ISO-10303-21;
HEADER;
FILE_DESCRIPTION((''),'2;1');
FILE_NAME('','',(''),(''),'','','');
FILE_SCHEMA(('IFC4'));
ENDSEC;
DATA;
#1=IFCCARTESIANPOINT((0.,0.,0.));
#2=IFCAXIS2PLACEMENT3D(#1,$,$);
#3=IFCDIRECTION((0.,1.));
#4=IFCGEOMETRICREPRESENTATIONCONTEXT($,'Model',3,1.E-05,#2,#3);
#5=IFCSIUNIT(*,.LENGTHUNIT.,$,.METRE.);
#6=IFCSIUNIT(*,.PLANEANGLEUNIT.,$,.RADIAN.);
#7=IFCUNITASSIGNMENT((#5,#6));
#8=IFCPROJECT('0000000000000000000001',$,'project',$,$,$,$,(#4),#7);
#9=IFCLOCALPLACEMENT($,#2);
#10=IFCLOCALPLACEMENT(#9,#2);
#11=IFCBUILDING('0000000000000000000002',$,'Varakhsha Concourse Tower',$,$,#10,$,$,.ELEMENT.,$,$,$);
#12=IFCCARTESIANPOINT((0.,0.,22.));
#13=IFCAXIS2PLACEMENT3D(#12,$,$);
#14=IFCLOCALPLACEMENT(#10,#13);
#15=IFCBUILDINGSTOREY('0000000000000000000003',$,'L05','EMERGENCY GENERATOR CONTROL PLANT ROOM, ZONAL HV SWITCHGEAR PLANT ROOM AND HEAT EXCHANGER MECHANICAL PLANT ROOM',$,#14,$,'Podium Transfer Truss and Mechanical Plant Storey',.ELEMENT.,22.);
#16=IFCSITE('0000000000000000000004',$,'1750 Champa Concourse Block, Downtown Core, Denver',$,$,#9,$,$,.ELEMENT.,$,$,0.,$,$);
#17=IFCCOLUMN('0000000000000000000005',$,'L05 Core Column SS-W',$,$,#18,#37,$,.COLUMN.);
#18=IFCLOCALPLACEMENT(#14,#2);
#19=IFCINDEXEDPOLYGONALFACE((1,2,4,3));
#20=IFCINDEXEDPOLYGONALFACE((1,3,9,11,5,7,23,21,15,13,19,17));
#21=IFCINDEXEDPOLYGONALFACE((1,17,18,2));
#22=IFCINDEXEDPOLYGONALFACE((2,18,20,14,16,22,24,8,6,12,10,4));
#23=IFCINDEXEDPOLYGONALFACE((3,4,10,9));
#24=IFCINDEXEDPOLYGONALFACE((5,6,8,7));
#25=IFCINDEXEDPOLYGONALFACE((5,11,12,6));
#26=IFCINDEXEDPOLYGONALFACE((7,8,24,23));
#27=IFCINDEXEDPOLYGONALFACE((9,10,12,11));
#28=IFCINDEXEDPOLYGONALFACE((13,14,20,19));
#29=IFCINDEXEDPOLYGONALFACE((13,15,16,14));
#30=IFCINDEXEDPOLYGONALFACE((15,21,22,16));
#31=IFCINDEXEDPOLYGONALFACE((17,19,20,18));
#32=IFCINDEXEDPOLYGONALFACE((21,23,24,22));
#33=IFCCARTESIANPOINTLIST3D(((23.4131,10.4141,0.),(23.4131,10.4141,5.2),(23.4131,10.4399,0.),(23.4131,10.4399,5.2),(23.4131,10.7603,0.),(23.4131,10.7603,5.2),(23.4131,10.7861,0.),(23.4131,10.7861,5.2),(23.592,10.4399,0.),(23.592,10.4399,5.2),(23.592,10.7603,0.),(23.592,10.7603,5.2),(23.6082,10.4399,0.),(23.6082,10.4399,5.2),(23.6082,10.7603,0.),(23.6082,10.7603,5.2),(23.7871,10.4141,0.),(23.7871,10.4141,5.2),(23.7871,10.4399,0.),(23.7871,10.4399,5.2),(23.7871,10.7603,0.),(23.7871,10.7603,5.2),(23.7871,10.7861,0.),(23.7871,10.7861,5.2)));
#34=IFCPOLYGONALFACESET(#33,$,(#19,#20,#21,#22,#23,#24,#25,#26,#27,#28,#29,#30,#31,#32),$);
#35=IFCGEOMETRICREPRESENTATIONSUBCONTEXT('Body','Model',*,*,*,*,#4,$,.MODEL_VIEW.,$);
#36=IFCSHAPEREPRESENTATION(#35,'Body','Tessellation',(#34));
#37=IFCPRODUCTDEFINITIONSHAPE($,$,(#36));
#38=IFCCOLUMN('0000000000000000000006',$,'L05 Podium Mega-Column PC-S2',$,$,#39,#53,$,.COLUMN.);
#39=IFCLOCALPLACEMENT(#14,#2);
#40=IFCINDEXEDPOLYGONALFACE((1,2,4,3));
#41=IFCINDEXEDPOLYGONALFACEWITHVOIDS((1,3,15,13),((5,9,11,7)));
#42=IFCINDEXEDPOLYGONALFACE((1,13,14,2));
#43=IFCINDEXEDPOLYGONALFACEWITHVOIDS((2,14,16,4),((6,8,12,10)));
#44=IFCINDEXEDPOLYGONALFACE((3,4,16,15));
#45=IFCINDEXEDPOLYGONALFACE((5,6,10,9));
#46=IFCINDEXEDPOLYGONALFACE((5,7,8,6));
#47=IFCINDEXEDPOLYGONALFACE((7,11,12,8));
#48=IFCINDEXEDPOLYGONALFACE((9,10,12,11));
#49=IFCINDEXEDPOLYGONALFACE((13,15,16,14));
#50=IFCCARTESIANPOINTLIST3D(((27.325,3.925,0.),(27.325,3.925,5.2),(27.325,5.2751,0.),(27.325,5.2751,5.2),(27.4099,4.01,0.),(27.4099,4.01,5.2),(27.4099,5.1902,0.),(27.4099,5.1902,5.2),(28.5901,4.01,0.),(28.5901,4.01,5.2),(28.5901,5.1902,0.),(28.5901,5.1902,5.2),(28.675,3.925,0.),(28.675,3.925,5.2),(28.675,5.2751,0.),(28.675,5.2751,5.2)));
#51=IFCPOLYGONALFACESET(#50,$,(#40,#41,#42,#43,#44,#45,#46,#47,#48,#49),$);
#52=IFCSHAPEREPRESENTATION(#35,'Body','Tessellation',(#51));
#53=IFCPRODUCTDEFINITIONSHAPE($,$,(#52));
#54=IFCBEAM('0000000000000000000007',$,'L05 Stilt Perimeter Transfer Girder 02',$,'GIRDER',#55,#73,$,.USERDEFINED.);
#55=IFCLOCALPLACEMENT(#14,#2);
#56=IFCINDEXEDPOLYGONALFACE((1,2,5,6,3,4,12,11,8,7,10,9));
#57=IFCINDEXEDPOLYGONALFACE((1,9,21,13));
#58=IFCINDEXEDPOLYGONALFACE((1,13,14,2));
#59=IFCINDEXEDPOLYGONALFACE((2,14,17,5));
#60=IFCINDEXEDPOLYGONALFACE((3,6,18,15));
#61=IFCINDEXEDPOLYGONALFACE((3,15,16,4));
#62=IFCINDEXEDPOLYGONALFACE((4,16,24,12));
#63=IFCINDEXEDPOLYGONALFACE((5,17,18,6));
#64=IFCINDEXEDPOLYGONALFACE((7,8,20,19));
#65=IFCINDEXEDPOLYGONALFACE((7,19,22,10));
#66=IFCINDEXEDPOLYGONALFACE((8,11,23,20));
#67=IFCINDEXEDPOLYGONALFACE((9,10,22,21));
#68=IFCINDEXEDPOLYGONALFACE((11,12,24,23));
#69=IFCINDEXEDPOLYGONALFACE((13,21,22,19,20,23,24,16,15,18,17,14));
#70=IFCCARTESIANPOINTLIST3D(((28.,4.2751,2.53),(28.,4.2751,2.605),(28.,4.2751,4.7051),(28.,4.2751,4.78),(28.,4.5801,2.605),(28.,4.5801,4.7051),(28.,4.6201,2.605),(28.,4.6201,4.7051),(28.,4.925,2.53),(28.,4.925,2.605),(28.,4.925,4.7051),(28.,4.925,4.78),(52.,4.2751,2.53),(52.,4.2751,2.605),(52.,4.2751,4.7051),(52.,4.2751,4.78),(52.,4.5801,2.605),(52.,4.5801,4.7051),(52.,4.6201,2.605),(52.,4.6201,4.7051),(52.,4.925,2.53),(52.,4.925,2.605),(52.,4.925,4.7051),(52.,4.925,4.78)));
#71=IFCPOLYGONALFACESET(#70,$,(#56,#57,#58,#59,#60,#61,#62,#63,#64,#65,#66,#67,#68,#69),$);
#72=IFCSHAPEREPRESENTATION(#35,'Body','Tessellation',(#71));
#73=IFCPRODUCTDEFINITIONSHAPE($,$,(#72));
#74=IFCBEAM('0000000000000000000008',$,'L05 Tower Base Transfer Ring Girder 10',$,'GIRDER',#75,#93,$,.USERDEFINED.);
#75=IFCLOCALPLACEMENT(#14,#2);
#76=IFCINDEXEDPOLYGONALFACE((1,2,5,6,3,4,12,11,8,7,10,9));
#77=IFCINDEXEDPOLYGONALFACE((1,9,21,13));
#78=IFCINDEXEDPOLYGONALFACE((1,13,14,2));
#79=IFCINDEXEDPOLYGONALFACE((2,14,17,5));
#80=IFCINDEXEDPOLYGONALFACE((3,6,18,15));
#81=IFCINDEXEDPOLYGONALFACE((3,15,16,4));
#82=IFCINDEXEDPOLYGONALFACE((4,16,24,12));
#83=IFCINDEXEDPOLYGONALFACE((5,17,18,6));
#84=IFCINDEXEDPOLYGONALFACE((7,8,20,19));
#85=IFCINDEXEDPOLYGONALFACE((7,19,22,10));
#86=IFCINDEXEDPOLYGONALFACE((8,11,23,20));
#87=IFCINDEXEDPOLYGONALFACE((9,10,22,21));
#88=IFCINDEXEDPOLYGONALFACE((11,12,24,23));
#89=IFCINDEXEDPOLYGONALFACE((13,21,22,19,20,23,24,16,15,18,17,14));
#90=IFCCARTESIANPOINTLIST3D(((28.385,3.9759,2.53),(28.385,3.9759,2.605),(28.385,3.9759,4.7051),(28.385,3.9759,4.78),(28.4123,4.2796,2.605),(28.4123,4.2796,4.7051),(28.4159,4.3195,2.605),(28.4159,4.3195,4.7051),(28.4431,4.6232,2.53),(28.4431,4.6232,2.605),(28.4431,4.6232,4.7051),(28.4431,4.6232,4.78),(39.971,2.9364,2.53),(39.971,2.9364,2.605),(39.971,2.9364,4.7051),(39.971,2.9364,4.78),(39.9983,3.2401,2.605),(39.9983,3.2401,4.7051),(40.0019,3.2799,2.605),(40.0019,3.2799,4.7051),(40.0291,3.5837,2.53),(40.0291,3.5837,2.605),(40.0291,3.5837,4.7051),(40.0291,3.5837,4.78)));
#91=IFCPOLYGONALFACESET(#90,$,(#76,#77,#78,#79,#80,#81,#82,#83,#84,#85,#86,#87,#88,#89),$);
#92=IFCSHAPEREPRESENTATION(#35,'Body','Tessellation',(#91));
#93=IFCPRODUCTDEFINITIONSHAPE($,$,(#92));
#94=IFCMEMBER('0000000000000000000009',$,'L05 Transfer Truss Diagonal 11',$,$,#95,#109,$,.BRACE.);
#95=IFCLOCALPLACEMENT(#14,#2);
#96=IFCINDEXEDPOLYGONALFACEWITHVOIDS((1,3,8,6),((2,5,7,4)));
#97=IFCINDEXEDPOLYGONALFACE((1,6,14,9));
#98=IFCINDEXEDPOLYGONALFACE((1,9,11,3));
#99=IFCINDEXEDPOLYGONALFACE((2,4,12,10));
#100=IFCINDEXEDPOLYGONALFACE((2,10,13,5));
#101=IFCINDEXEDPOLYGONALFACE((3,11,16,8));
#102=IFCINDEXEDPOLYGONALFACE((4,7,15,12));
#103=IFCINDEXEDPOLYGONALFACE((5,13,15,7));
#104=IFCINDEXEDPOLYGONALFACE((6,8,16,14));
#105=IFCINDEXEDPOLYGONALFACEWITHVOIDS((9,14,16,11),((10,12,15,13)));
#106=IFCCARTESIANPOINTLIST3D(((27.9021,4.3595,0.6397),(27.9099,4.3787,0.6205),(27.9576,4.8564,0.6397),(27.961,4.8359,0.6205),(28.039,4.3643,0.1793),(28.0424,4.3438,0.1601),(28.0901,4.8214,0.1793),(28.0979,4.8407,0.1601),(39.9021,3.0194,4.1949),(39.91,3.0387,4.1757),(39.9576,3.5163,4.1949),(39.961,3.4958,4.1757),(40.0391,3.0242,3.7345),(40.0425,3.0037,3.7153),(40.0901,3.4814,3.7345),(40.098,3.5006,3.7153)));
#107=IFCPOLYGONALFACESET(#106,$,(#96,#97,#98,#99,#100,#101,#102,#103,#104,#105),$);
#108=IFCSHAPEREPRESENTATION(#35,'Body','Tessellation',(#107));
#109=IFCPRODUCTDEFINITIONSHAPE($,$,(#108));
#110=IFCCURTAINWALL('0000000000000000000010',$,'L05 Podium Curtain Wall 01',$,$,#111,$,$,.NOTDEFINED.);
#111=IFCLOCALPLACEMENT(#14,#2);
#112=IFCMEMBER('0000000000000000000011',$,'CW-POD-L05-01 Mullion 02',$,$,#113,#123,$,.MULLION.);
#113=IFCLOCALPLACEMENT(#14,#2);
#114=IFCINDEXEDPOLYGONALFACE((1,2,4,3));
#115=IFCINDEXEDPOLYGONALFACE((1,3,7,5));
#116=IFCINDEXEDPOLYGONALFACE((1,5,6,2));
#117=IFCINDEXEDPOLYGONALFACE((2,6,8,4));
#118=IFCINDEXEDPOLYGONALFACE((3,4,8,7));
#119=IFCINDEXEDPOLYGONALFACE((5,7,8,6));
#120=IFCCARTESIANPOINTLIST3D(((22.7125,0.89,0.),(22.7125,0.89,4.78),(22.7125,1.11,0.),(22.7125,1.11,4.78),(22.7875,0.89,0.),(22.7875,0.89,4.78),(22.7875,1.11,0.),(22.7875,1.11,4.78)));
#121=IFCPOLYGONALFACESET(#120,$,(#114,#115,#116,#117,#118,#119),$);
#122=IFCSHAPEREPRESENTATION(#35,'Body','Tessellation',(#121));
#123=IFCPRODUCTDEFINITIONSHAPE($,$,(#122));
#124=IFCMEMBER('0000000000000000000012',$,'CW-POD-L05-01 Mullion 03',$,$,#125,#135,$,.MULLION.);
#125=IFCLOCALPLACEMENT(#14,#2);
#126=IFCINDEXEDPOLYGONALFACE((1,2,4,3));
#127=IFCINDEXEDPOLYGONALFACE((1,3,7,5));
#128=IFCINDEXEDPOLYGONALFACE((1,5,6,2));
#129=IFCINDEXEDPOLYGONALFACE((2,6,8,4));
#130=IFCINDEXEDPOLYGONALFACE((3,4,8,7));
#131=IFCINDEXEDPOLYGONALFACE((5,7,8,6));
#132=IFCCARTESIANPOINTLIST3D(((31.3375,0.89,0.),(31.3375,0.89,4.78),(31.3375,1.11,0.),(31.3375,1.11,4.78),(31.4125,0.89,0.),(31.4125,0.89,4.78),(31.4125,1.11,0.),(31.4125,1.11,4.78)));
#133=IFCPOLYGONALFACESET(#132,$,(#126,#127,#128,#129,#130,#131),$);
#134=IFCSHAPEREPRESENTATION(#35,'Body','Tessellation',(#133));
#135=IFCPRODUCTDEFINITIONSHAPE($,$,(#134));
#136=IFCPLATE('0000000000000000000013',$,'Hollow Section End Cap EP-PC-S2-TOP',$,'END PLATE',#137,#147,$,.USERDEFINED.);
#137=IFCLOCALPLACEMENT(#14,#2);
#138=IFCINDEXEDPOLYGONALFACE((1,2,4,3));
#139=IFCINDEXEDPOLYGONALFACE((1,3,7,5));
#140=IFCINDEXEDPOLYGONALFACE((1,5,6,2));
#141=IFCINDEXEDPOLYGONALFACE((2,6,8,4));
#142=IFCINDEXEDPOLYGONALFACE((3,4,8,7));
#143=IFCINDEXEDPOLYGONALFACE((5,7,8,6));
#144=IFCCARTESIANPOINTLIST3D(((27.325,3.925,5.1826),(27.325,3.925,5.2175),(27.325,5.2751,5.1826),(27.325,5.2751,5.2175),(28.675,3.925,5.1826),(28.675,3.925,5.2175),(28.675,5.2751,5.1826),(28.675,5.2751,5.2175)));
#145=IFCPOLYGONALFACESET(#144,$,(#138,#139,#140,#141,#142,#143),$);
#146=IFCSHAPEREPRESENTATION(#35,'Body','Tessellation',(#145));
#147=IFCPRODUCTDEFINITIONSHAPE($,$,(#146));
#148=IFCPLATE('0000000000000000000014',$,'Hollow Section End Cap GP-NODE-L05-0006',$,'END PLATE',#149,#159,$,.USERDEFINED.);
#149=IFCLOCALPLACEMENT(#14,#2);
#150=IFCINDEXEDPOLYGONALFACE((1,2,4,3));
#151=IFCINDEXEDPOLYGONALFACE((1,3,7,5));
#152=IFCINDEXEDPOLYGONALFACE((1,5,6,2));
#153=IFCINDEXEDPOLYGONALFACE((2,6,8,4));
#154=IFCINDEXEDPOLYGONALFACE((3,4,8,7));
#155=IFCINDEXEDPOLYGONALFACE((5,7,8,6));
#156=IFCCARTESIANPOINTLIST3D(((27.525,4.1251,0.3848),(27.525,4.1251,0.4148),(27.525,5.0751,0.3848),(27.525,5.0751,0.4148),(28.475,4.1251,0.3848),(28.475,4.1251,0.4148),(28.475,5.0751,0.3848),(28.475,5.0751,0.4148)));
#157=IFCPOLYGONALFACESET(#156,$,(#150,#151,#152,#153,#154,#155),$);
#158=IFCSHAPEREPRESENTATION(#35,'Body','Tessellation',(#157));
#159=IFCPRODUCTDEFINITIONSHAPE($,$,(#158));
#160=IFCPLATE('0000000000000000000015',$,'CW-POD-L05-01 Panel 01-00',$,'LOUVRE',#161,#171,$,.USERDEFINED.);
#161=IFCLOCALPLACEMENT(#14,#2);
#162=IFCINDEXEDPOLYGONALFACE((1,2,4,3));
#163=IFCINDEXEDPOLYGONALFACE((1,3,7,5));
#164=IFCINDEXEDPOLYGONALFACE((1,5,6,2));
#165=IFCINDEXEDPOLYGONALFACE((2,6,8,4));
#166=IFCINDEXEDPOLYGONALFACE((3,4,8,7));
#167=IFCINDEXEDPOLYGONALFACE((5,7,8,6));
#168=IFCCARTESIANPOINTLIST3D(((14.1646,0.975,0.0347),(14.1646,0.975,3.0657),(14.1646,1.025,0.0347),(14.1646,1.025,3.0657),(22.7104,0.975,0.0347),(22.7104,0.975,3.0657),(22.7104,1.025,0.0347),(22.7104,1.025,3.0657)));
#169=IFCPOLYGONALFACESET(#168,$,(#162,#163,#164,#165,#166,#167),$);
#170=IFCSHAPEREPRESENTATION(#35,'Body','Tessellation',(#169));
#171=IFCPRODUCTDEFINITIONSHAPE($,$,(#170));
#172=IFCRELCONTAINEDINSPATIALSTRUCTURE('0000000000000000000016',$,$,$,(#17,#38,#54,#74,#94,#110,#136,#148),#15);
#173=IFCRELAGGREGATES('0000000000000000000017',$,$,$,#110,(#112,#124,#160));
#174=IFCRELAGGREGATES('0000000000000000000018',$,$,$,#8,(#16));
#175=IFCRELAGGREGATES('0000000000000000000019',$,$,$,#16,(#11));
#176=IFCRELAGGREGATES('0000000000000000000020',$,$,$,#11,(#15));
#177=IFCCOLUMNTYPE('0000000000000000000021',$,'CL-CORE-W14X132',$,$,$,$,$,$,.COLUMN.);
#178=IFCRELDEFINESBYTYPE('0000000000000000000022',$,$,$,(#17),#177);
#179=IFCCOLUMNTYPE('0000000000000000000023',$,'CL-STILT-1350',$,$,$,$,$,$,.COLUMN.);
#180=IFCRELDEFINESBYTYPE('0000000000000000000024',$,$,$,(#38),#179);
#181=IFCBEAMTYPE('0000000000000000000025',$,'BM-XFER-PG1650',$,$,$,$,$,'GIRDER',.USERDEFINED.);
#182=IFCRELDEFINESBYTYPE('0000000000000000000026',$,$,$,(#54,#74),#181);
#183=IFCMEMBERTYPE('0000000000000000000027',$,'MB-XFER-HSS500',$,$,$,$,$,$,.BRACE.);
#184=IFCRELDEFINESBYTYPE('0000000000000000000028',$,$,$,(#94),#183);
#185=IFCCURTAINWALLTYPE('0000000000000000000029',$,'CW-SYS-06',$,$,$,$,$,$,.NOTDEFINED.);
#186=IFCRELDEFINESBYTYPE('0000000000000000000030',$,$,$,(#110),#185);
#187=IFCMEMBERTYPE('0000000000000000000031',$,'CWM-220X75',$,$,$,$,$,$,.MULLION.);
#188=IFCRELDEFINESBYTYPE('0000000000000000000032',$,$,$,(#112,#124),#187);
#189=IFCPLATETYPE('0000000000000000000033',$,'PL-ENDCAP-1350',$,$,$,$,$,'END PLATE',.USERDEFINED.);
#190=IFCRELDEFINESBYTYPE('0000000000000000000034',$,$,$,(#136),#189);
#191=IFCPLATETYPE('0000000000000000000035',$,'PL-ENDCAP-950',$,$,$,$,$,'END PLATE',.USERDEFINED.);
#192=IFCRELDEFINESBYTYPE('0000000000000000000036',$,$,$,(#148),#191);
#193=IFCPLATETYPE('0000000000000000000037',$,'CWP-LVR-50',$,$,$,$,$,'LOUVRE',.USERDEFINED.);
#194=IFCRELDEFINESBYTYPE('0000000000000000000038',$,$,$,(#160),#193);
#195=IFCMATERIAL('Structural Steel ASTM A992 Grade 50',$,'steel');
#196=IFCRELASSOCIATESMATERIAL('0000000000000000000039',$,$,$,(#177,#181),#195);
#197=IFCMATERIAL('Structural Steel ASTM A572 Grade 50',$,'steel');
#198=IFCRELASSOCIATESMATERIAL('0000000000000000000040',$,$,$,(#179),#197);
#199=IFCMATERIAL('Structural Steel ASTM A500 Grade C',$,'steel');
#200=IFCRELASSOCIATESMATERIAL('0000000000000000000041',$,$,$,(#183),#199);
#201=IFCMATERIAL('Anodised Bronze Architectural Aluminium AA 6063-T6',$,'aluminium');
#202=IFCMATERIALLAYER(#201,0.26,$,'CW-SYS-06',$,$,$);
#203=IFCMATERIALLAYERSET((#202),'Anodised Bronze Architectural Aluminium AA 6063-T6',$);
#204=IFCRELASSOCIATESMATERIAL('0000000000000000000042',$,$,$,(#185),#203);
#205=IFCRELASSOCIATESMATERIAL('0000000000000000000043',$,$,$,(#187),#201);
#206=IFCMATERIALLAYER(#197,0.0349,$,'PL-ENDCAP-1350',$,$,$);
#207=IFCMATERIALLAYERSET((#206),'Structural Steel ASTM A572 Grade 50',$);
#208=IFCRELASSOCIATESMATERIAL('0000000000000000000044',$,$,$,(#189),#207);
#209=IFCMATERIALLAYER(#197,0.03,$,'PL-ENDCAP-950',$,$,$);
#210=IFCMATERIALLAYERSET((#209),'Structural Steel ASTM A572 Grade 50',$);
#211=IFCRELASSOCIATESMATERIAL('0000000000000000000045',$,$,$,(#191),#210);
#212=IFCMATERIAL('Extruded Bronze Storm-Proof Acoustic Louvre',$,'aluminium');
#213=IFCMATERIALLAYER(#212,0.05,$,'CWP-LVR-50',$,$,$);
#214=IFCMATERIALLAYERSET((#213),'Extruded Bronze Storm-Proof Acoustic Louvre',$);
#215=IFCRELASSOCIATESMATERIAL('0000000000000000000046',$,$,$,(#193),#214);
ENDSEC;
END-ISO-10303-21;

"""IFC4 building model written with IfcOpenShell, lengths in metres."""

from ifc_helpers import new_model, si_unit, direction, frame, origin, origin_2d, place, context, subcontext, project, spatial, rectangle, hollow_rectangle, i_section, extrude, source, transform, mapped, material, layer, layer_set, material_profile, profile_set, type_object, type_shapes, element, aggregate, save


model = new_model("IFC4")

# Units and contexts
model_context = context("Model", 3, precision=1e-05, world=origin(), true_north=direction((0.0, 1.0)))
body_context = subcontext(model_context, "Body", "Model", "MODEL_VIEW")
ifc_project = project(units=[si_unit("LENGTHUNIT", "METRE"), si_unit("PLANEANGLEUNIT", "RADIAN")], contexts=[model_context])

# Site, building, storey
site_placement = place(None, origin())
site = spatial("IfcSite", under=ifc_project, at=site_placement, Name="1750 Champa Concourse Block, Downtown Core, Denver", CompositionType="ELEMENT", RefElevation=0.0)
building_placement = place(site_placement, origin())
building = spatial("IfcBuilding", under=site, at=building_placement, Name="Varakhsha Concourse Tower", CompositionType="ELEMENT")
storey_placement = place(building_placement, frame((0.0, 0.0, 22.0)))
storey = spatial("IfcBuildingStorey", under=building, at=storey_placement, Name="L05", Description="EMERGENCY GENERATOR CONTROL PLANT ROOM, ZONAL HV SWITCHGEAR PLANT ROOM AND HEAT EXCHANGER MECHANICAL PLANT ROOM", LongName="Podium Transfer Truss and Mechanical Plant Storey", CompositionType="ELEMENT", Elevation=22.0)

# Columns
ifc_material_1 = material(Name="Structural Steel ASTM A992 Grade 50", Category="steel")
ifc_material_profile_1 = material_profile(ifc_material_1, i_section(OverallWidth=0.374, OverallDepth=0.3721, WebThickness=0.0161, FlangeThickness=0.0259, at=origin_2d()), Name="W14X132")
ifc_profile_set_1 = profile_set([ifc_material_profile_1], Name="Structural Steel ASTM A992 Grade 50")
column_type_1 = type_object("IfcColumnType", Name="CL-CORE-W14X132", PredefinedType="COLUMN", material=ifc_profile_set_1)
column_1_placement = place(storey_placement, frame((23.6001, 10.6001, 0.0), z_axis=(0.0, 0.0, 1.0), x_axis=(1.0, 0.0, 0.0)))
element("IfcColumn", 1, at=column_1_placement, inside=storey, type_object=column_type_1, Name="L05 Core Column SS-W", PredefinedType="COLUMN", context=body_context, shape_type="SweptSolid", body=[
    extrude(i_section(OverallWidth=0.374, OverallDepth=0.3721, WebThickness=0.0161, FlangeThickness=0.0259, at=origin_2d()), origin(), (0.0, 0.0, 1.0), 5.2),
])
ifc_material_2 = material(Name="Structural Steel ASTM A572 Grade 50", Category="steel")
ifc_material_profile_2 = material_profile(ifc_material_2, hollow_rectangle(XDim=1.3501, YDim=1.3501, WallThickness=0.085, at=origin_2d()), Name="BOX 1350x1350x85")
ifc_profile_set_2 = profile_set([ifc_material_profile_2], Name="Structural Steel ASTM A572 Grade 50")
column_type_2 = type_object("IfcColumnType", Name="CL-STILT-1350", PredefinedType="COLUMN", material=ifc_profile_set_2)
column_2_placement = place(storey_placement, frame((28.0, 4.6001, 0.0), z_axis=(0.0, 0.0, 1.0), x_axis=(1.0, 0.0, 0.0)))
element("IfcColumn", 2, at=column_2_placement, inside=storey, type_object=column_type_2, Name="L05 Podium Mega-Column PC-S2", PredefinedType="COLUMN", context=body_context, shape_type="SweptSolid", body=[
    extrude(hollow_rectangle(XDim=1.3501, YDim=1.3501, WallThickness=0.085, at=origin_2d()), origin(), (0.0, 0.0, 1.0), 5.2),
])

# Beams
ifc_material_profile_3 = material_profile(ifc_material_1, i_section(OverallWidth=0.6499, OverallDepth=2.25, WebThickness=0.04, FlangeThickness=0.075, at=origin_2d()), Name="PG 2250x650x75x40")
ifc_profile_set_3 = profile_set([ifc_material_profile_3], Name="Structural Steel ASTM A992 Grade 50")
beam_type = type_object("IfcBeamType", Name="BM-XFER-PG1650", ElementType="GIRDER", PredefinedType="USERDEFINED", material=ifc_profile_set_3)
beam_1_placement = place(storey_placement, frame((28.0, 4.6001, 3.655), z_axis=(1.0, 0.0, 0.0), x_axis=(0.0, 1.0, 0.0)))
element("IfcBeam", 3, at=beam_1_placement, inside=storey, type_object=beam_type, Name="L05 Stilt Perimeter Transfer Girder 02", ObjectType="GIRDER", PredefinedType="USERDEFINED", context=body_context, shape_type="SweptSolid", body=[
    extrude(i_section(OverallWidth=0.6499, OverallDepth=2.25, WebThickness=0.04, FlangeThickness=0.075, at=origin_2d()), origin(), (0.0, 0.0, 1.0), 24.0),
])
beam_2_placement = place(storey_placement, frame((28.4141, 4.2996, 3.655), z_axis=(0.995999, -0.089366, 0.0), x_axis=(0.089366, 0.995999, 0.0)))
element("IfcBeam", 4, at=beam_2_placement, inside=storey, type_object=beam_type, Name="L05 Tower Base Transfer Ring Girder 10", ObjectType="GIRDER", PredefinedType="USERDEFINED", context=body_context, shape_type="SweptSolid", body=[
    extrude(i_section(OverallWidth=0.6499, OverallDepth=2.25, WebThickness=0.04, FlangeThickness=0.075, at=origin_2d()), origin(), (0.0, 0.0, 1.0), 11.6326),
])

# Member
ifc_material_3 = material(Name="Structural Steel ASTM A500 Grade C", Category="steel")
ifc_material_profile_4 = material_profile(ifc_material_3, hollow_rectangle(XDim=0.5, YDim=0.5, WallThickness=0.02, at=origin_2d()), Name="HSS 500x500x20")
ifc_profile_set_4 = profile_set([ifc_material_profile_4], Name="Structural Steel ASTM A500 Grade C")
member_type_1 = type_object("IfcMemberType", Name="MB-XFER-HSS500", PredefinedType="BRACE", material=ifc_profile_set_4)
shared_shape_1 = source(origin(), body_context, "Body", "SweptSolid", [
    extrude(hollow_rectangle(XDim=0.5, YDim=0.5, WallThickness=0.02, at=origin_2d()), origin(), (0.0, 0.0, 1.0), 12.5872),
])
type_shapes(member_type_1, [shared_shape_1])
member_1_placement = place(storey_placement, frame((28.0, 4.6001, 0.3999), z_axis=(0.953357, -0.106465, 0.282446), x_axis=(0.110984, 0.993822, 0.0)))
element("IfcMember", 5, at=member_1_placement, inside=storey, type_object=member_type_1, Name="L05 Transfer Truss Diagonal 11", PredefinedType="BRACE", context=body_context, shape_type="MappedRepresentation", body=[
    mapped(shared_shape_1, transform((0.0, 0.0, 0.0), scale=1.0)),
])

# Curtain wall, members
ifc_material_4 = material(Name="Anodised Bronze Architectural Aluminium AA 6063-T6", Category="aluminium")
ifc_layer_1 = layer(ifc_material_4, 0.26, Name="CW-SYS-06")
ifc_layer_set_1 = layer_set([ifc_layer_1], Name="Anodised Bronze Architectural Aluminium AA 6063-T6")
curtain_wall_type = type_object("IfcCurtainWallType", Name="CW-SYS-06", PredefinedType="NOTDEFINED", material=ifc_layer_set_1)
curtain_wall_placement = place(storey_placement, origin())
curtain_wall = element("IfcCurtainWall", 6, at=curtain_wall_placement, inside=storey, type_object=curtain_wall_type, Name="L05 Podium Curtain Wall 01", PredefinedType="NOTDEFINED")
ifc_material_profile_5 = material_profile(ifc_material_4, rectangle(XDim=0.075, YDim=0.22, at=origin_2d()), Name="CWM-220X75")
ifc_profile_set_5 = profile_set([ifc_material_profile_5], Name="Anodised Bronze Architectural Aluminium AA 6063-T6")
member_type_2 = type_object("IfcMemberType", Name="CWM-220X75", PredefinedType="MULLION", material=ifc_profile_set_5)
shared_shape_2 = source(origin(), body_context, "Body", "SweptSolid", [
    extrude(rectangle(XDim=0.075, YDim=0.22, at=origin_2d()), origin(), (0.0, 0.0, 1.0), 4.78),
])
type_shapes(member_type_2, [shared_shape_2])
member_2_placement = place(storey_placement, frame((22.75, 1.0, 0.0), z_axis=(0.0, 0.0, 1.0), x_axis=(1.0, 0.0, 0.0)))
member_2 = element("IfcMember", 7, at=member_2_placement, type_object=member_type_2, Name="CW-POD-L05-01 Mullion 02", PredefinedType="MULLION", context=body_context, shape_type="MappedRepresentation", body=[
    mapped(shared_shape_2, transform((0.0, 0.0, 0.0), scale=1.0)),
])
member_3_placement = place(storey_placement, frame((31.375, 1.0, 0.0), z_axis=(0.0, 0.0, 1.0), x_axis=(1.0, 0.0, 0.0)))
member_3 = element("IfcMember", 8, at=member_3_placement, type_object=member_type_2, Name="CW-POD-L05-01 Mullion 03", PredefinedType="MULLION", context=body_context, shape_type="MappedRepresentation", body=[
    mapped(shared_shape_2, transform((0.0, 0.0, 0.0), scale=1.0)),
])

# Plates
ifc_layer_2 = layer(ifc_material_2, 0.0349, Name="PL-ENDCAP-1350")
ifc_layer_set_2 = layer_set([ifc_layer_2], Name="Structural Steel ASTM A572 Grade 50")
plate_type_1 = type_object("IfcPlateType", Name="PL-ENDCAP-1350", ElementType="END PLATE", PredefinedType="USERDEFINED", material=ifc_layer_set_2)
shared_shape_3 = source(origin(), body_context, "Body", "SweptSolid", [
    extrude(rectangle(XDim=1.3501, YDim=1.3501, at=origin_2d()), origin(), (0.0, 0.0, 1.0), 0.0349),
])
type_shapes(plate_type_1, [shared_shape_3])
plate_1_placement = place(storey_placement, frame((28.0, 4.6001, 5.1826), z_axis=(0.0, 0.0, 1.0), x_axis=(1.0, 0.0, 0.0)))
element("IfcPlate", 9, at=plate_1_placement, inside=storey, type_object=plate_type_1, Name="Hollow Section End Cap EP-PC-S2-TOP", ObjectType="END PLATE", PredefinedType="USERDEFINED", context=body_context, shape_type="MappedRepresentation", body=[
    mapped(shared_shape_3, transform((0.0, 0.0, 0.0), scale=1.0)),
])
ifc_layer_3 = layer(ifc_material_2, 0.03, Name="PL-ENDCAP-950")
ifc_layer_set_3 = layer_set([ifc_layer_3], Name="Structural Steel ASTM A572 Grade 50")
plate_type_2 = type_object("IfcPlateType", Name="PL-ENDCAP-950", ElementType="END PLATE", PredefinedType="USERDEFINED", material=ifc_layer_set_3)
shared_shape_4 = source(origin(), body_context, "Body", "SweptSolid", [
    extrude(rectangle(XDim=0.95, YDim=0.95, at=origin_2d()), origin(), (0.0, 0.0, 1.0), 0.03),
])
type_shapes(plate_type_2, [shared_shape_4])
plate_2_placement = place(storey_placement, frame((28.0, 4.6001, 0.3848), z_axis=(0.0, 0.0, 1.0), x_axis=(1.0, 0.0, 0.0)))
element("IfcPlate", 10, at=plate_2_placement, inside=storey, type_object=plate_type_2, Name="Hollow Section End Cap GP-NODE-L05-0006", ObjectType="END PLATE", PredefinedType="USERDEFINED", context=body_context, shape_type="MappedRepresentation", body=[
    mapped(shared_shape_4, transform((0.0, 0.0, 0.0), scale=1.0)),
])

# Plate
ifc_material_5 = material(Name="Extruded Bronze Storm-Proof Acoustic Louvre", Category="aluminium")
ifc_layer_4 = layer(ifc_material_5, 0.05, Name="CWP-LVR-50")
ifc_layer_set_4 = layer_set([ifc_layer_4], Name="Extruded Bronze Storm-Proof Acoustic Louvre")
plate_type_3 = type_object("IfcPlateType", Name="CWP-LVR-50", ElementType="LOUVRE", PredefinedType="USERDEFINED", material=ifc_layer_set_4)
shared_shape_5 = source(origin(), body_context, "Body", "SweptSolid", [
    extrude(rectangle(XDim=8.5459, YDim=0.05, at=origin_2d()), origin(), (0.0, 0.0, 1.0), 3.031),
])
type_shapes(plate_type_3, [shared_shape_5])
plate_3_placement = place(storey_placement, frame((18.4375, 1.0, 0.0347), z_axis=(0.0, 0.0, 1.0), x_axis=(1.0, 0.0, 0.0)))
plate_3 = element("IfcPlate", 11, at=plate_3_placement, type_object=plate_type_3, Name="CW-POD-L05-01 Panel 01-00", ObjectType="LOUVRE", PredefinedType="USERDEFINED", context=body_context, shape_type="MappedRepresentation", body=[
    mapped(shared_shape_5, transform((0.0, 0.0, 0.0), scale=1.0)),
])
aggregate(curtain_wall, [member_2, member_3, plate_3])

save(model, "model.ifc")
